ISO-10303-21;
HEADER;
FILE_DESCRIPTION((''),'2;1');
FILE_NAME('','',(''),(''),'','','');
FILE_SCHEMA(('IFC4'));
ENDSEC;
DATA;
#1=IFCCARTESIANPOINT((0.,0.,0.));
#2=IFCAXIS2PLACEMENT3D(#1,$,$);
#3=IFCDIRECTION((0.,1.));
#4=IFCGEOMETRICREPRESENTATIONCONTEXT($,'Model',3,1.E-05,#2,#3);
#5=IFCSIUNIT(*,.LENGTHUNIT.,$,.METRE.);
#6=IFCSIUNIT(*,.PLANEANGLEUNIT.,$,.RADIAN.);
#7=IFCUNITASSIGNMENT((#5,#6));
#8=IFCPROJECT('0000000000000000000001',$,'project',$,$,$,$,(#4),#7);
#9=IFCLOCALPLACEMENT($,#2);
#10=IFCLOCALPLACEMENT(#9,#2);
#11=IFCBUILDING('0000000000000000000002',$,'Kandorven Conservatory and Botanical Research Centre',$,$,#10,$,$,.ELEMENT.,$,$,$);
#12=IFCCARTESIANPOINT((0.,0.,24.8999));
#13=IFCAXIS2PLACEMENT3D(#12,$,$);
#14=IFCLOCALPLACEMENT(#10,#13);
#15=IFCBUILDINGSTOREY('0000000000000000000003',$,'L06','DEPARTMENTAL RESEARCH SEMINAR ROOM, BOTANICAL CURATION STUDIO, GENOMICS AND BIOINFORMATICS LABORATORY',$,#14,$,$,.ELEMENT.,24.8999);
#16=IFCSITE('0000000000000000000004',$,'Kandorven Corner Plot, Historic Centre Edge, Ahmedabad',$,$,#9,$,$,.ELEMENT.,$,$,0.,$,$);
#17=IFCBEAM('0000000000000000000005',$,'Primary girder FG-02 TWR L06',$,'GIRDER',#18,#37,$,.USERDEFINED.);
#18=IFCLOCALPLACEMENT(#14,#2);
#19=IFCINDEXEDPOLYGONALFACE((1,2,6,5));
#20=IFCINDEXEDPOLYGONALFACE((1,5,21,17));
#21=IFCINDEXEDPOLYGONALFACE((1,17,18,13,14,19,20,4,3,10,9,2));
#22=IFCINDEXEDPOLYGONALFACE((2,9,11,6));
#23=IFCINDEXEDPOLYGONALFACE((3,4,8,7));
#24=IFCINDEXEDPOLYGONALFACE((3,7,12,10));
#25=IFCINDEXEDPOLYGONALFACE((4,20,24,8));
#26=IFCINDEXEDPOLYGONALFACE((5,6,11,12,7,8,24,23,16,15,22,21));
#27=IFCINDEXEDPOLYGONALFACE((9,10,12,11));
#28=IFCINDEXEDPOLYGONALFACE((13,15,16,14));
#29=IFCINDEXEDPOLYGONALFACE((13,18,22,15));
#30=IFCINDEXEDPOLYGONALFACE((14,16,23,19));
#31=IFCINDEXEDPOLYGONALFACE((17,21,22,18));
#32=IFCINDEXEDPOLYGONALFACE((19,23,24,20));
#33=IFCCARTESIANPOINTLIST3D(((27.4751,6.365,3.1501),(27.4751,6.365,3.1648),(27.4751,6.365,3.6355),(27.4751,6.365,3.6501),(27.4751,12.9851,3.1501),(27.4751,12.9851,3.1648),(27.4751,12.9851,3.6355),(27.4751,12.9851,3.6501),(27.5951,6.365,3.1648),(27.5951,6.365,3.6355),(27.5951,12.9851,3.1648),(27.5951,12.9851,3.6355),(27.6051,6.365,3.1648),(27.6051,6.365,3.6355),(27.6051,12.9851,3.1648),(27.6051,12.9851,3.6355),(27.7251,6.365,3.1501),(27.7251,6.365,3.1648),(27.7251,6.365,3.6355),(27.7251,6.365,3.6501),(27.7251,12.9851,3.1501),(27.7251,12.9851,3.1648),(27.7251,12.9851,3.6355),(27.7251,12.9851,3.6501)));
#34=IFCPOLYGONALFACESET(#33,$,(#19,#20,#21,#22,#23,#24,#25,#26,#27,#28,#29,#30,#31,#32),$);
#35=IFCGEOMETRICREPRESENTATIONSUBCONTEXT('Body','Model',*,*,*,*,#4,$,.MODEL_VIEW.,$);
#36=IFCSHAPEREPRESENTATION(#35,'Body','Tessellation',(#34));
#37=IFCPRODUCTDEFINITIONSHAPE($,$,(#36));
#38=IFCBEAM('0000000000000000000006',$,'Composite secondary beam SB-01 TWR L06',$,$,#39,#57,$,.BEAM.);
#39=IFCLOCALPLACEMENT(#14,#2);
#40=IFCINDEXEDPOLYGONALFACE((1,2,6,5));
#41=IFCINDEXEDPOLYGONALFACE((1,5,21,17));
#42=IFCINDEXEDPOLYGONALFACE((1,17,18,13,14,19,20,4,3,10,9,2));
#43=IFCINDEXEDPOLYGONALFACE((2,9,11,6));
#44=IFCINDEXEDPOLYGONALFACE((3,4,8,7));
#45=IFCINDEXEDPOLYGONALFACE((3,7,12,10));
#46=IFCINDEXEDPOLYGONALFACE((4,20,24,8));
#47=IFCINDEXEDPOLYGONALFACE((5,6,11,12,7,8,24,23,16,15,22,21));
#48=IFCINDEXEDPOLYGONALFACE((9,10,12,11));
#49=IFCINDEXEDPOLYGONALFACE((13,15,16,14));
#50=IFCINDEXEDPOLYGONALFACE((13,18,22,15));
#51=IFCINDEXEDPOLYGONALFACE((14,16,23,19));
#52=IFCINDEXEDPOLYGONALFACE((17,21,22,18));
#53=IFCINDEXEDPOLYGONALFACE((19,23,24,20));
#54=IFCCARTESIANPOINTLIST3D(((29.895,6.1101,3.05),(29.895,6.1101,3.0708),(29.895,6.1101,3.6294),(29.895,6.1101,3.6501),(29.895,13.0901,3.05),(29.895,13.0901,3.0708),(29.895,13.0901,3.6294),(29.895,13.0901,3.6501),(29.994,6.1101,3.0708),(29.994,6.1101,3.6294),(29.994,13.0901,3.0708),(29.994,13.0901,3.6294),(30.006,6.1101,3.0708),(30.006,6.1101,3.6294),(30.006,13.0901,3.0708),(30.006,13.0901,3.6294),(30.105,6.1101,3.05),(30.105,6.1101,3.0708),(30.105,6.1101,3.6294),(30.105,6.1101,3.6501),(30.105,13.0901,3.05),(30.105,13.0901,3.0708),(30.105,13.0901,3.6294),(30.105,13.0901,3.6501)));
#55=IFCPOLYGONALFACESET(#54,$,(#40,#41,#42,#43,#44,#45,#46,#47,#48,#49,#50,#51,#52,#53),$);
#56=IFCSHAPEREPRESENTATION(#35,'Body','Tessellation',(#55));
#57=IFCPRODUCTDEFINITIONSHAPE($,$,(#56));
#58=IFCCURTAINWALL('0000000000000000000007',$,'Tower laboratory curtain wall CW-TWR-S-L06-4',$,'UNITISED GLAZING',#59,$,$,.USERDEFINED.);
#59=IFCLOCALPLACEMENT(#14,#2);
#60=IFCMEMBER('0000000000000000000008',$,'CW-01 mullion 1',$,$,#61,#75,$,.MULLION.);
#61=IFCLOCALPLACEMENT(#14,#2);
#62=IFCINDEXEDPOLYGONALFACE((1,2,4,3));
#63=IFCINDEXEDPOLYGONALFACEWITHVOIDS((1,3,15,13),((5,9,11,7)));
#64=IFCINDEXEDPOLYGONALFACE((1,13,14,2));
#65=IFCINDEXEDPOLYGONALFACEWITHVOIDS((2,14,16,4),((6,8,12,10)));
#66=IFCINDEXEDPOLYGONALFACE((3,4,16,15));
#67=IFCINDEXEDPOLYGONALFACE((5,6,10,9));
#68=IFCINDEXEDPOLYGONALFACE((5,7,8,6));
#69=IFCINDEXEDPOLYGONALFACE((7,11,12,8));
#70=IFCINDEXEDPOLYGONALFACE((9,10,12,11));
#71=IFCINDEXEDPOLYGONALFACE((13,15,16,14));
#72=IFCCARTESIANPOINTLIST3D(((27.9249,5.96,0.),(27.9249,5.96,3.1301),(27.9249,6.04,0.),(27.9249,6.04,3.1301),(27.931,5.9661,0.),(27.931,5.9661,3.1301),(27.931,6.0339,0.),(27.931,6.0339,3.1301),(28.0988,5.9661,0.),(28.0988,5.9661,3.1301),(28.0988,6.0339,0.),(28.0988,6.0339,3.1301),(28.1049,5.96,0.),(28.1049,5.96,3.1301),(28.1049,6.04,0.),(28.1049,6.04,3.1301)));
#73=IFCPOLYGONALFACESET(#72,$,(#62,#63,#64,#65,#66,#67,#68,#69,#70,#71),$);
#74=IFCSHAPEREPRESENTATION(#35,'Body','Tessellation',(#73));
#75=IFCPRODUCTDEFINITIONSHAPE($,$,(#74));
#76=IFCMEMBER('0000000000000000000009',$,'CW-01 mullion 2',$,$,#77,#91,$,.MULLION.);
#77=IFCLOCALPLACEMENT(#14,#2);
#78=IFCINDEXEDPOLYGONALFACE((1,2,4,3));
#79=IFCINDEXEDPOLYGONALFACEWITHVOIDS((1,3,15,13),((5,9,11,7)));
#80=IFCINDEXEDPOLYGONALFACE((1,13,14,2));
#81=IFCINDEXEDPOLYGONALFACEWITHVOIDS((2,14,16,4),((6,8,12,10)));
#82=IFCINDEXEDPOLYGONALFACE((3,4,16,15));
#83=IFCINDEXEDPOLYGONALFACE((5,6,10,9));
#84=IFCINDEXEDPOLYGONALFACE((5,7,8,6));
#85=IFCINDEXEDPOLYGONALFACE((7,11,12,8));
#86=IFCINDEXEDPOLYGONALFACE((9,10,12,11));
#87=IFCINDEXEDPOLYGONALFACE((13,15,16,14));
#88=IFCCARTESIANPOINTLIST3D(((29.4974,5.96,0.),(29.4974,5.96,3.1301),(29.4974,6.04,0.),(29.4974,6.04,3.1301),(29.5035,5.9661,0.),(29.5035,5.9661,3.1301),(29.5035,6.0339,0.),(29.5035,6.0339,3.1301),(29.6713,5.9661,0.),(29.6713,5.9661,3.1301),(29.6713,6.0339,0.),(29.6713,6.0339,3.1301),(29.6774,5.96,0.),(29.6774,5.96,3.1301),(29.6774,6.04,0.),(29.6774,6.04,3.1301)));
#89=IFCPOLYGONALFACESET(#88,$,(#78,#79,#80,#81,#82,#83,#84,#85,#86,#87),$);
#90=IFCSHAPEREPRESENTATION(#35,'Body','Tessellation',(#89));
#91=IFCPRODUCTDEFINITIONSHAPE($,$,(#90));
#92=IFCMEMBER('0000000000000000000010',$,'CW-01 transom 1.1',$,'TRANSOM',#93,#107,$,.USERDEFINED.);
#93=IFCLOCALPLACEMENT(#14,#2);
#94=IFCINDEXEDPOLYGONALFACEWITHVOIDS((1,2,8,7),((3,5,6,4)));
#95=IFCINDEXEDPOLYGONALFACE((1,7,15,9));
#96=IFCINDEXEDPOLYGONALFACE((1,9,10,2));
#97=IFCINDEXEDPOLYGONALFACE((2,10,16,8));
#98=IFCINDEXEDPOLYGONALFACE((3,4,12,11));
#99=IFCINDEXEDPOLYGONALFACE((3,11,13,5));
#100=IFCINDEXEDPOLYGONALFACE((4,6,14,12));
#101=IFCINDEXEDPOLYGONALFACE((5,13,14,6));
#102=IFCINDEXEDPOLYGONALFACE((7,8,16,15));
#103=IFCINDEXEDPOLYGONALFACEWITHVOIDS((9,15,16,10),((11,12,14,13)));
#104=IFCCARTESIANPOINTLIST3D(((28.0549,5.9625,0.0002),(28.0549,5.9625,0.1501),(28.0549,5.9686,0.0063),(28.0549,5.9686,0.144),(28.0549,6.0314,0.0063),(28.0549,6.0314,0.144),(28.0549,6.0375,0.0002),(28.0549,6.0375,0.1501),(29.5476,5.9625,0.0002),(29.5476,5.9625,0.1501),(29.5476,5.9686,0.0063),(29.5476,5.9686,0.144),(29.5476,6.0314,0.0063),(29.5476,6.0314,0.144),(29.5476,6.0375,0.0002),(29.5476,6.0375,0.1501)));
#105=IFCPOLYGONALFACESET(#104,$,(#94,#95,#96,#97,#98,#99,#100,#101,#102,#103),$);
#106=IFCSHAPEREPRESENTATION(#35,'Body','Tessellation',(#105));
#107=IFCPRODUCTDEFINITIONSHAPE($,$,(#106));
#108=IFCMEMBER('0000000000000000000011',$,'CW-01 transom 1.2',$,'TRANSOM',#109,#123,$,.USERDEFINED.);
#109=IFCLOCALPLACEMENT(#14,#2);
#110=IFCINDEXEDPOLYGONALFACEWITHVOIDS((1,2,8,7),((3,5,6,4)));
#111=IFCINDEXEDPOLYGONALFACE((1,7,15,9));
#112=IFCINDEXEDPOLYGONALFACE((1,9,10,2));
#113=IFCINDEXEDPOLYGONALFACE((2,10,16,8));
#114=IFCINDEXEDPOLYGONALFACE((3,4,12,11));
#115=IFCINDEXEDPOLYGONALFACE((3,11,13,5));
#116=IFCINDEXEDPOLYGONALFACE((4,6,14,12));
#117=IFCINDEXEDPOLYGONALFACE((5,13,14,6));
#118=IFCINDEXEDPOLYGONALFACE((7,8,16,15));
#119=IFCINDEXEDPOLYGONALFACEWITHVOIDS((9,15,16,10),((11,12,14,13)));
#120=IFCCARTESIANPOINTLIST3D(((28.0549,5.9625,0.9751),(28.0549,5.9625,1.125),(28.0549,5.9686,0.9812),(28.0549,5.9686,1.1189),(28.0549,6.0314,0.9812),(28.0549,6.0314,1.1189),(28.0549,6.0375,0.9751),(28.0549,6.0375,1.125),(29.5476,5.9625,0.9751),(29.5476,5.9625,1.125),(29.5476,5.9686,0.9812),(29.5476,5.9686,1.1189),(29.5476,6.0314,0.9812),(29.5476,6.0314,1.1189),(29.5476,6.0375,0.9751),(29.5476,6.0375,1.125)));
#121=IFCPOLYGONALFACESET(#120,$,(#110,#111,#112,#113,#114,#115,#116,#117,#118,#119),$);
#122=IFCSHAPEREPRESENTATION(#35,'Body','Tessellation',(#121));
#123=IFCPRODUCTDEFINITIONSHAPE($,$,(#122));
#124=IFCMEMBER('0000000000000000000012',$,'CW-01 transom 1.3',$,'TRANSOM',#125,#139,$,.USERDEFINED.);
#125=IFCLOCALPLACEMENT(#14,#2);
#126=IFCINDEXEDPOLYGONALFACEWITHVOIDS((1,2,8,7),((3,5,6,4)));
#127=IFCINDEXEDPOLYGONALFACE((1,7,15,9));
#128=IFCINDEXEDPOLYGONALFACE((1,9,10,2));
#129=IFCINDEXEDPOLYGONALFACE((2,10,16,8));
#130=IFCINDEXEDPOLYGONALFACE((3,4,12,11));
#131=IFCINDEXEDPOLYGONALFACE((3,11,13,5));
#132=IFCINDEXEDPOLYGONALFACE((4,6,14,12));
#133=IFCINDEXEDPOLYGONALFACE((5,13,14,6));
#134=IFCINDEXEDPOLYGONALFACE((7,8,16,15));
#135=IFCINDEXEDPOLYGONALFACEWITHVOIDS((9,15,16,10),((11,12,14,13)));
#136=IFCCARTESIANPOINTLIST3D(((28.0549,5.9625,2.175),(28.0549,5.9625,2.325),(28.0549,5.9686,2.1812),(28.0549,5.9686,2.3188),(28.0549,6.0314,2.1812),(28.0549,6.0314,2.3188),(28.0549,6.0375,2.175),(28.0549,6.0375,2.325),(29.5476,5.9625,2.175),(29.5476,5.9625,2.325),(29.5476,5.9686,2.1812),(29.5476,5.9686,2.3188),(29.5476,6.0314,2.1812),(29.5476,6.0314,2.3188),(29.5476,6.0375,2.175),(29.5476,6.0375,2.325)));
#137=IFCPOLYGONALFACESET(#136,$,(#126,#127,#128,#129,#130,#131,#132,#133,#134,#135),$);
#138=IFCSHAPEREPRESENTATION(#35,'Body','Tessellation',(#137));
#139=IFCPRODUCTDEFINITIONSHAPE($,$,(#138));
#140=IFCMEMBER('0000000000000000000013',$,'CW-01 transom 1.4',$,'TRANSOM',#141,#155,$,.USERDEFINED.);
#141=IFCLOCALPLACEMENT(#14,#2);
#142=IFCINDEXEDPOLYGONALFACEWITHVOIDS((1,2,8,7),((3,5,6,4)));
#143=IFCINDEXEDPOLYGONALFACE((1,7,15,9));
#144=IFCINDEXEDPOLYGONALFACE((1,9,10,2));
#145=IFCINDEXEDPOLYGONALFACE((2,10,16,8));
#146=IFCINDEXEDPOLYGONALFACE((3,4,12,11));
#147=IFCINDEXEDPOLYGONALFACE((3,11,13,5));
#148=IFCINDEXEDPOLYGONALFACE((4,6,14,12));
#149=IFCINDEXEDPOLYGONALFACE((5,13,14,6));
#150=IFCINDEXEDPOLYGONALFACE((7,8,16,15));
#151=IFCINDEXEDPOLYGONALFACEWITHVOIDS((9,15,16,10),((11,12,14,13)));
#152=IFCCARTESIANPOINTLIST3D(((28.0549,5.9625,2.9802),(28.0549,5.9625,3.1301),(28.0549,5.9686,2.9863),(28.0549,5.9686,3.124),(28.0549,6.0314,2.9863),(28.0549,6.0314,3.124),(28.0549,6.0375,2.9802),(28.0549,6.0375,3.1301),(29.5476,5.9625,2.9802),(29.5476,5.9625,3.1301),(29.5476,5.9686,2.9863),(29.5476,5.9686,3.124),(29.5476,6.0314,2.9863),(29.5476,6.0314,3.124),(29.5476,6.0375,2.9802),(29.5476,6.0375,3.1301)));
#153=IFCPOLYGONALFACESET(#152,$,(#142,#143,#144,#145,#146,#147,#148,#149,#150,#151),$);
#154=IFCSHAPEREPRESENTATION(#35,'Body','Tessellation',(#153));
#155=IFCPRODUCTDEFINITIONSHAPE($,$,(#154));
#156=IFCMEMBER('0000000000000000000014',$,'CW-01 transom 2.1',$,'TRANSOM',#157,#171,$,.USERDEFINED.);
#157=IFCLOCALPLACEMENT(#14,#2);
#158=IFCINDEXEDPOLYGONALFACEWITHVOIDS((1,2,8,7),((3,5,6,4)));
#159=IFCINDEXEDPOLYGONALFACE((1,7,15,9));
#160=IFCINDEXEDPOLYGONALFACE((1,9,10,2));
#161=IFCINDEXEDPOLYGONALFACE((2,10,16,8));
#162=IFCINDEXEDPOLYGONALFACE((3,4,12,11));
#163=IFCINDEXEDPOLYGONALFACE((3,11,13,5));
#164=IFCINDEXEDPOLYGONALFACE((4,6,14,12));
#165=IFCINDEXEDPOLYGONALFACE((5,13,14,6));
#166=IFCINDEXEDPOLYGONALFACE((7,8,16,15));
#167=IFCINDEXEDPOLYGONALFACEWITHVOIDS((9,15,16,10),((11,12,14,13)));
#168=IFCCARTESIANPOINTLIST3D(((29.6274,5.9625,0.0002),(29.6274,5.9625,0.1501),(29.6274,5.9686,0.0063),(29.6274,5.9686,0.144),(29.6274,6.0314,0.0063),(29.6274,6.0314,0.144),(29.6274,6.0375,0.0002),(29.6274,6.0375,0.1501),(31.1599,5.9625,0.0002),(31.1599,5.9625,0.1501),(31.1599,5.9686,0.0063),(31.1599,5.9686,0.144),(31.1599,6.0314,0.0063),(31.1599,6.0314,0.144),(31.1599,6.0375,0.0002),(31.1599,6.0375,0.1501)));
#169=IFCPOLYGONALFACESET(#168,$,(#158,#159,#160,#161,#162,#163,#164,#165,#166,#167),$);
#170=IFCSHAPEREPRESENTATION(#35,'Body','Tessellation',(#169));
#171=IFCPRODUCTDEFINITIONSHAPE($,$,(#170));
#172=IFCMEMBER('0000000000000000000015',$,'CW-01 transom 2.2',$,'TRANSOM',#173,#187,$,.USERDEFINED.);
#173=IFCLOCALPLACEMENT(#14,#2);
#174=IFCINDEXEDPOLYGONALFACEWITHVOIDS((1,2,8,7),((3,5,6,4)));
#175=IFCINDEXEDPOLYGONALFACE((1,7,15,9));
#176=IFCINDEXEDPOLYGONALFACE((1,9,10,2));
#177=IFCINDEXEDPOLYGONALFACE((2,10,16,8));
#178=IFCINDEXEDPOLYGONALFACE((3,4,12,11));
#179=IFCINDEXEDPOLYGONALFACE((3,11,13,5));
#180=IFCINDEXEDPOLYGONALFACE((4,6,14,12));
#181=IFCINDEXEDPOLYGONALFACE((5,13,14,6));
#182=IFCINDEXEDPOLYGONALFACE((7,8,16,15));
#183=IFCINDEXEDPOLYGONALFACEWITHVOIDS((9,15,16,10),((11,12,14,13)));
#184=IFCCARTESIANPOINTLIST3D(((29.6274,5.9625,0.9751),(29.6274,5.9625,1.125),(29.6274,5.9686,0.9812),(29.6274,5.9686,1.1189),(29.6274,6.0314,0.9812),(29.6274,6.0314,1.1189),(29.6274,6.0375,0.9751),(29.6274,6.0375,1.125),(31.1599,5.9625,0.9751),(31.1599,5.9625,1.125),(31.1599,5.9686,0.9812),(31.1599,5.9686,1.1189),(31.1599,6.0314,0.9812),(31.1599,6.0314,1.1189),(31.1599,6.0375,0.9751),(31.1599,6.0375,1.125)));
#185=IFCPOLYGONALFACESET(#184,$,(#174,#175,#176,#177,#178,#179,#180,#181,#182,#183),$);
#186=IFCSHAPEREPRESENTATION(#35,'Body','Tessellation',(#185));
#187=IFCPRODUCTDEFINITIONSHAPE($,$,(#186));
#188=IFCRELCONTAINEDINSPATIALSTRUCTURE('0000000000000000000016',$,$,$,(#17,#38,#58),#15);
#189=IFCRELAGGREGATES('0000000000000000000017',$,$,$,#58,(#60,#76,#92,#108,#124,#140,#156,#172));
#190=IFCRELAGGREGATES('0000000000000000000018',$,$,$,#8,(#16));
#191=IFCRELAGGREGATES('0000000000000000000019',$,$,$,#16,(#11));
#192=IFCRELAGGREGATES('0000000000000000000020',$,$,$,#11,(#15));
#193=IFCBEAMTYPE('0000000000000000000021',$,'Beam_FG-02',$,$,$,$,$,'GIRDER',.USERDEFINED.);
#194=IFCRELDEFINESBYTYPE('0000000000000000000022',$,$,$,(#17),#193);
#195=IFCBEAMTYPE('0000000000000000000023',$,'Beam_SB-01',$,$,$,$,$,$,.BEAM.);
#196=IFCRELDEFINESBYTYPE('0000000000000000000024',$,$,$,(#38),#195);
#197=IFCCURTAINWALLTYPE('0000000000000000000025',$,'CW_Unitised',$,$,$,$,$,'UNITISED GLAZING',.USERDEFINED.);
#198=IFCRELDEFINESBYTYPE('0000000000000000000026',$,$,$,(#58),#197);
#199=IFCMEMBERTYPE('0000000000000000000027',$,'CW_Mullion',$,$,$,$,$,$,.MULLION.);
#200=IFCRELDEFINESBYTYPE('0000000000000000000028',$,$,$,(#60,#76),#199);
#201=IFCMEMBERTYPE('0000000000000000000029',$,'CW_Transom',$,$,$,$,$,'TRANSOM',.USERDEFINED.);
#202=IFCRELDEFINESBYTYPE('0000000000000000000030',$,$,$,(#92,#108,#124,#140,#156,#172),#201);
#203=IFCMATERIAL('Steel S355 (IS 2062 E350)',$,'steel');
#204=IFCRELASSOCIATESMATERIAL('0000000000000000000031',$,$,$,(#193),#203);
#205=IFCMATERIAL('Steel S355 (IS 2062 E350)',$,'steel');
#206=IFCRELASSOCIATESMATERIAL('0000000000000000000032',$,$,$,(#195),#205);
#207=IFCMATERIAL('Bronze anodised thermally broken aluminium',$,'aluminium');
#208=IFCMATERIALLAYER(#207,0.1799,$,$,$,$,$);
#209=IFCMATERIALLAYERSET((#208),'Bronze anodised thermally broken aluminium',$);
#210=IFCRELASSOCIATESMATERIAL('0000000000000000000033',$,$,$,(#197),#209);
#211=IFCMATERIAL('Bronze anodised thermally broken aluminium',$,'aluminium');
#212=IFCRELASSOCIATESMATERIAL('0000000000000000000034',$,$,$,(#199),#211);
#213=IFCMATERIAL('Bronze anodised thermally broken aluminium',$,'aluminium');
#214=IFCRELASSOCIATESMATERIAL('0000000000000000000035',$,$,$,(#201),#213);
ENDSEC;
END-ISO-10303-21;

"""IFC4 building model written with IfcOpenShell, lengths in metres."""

from ifc_helpers import new_model, si_unit, direction, frame, origin, origin_2d, place, context, subcontext, project, spatial, hollow_rectangle, i_section, extrude, material, layer, layer_set, material_profile, profile_set, type_object, element, aggregate, save


model = new_model("IFC4")

# Units and contexts
model_context = context("Model", 3, precision=1e-05, world=origin(), true_north=direction((0.0, 1.0)))
body_context = subcontext(model_context, "Body", "Model", "MODEL_VIEW")
ifc_project = project(units=[si_unit("LENGTHUNIT", "METRE"), si_unit("PLANEANGLEUNIT", "RADIAN")], contexts=[model_context])

# Site, building, storey
site_placement = place(None, origin())
site = spatial("IfcSite", under=ifc_project, at=site_placement, Name="Kandorven Corner Plot, Historic Centre Edge, Ahmedabad", CompositionType="ELEMENT", RefElevation=0.0)
building_placement = place(site_placement, origin())
building = spatial("IfcBuilding", under=site, at=building_placement, Name="Kandorven Conservatory and Botanical Research Centre", CompositionType="ELEMENT")
storey_placement = place(building_placement, frame((0.0, 0.0, 24.8999)))
storey = spatial("IfcBuildingStorey", under=building, at=storey_placement, Name="L06", Description="DEPARTMENTAL RESEARCH SEMINAR ROOM, BOTANICAL CURATION STUDIO, GENOMICS AND BIOINFORMATICS LABORATORY", CompositionType="ELEMENT", Elevation=24.8999)

# Beams
ifc_material_1 = material(Name="Steel S355 (IS 2062 E350)", Category="steel")
ifc_material_profile_1 = material_profile(ifc_material_1, i_section(OverallWidth=0.25, OverallDepth=0.5, WebThickness=0.01, FlangeThickness=0.0146, at=origin_2d()))
ifc_profile_set_1 = profile_set([ifc_material_profile_1], Name="Steel S355 (IS 2062 E350)")
beam_type_1 = type_object("IfcBeamType", Name="Beam_FG-02", ElementType="GIRDER", PredefinedType="USERDEFINED", material=ifc_profile_set_1)
beam_1_placement = place(storey_placement, frame((27.6001, 6.365, 3.4001), z_axis=(0.0, 1.0, 0.0), x_axis=(-1.0, 0.0, 0.0)))
element("IfcBeam", 1, at=beam_1_placement, inside=storey, type_object=beam_type_1, Name="Primary girder FG-02 TWR L06", ObjectType="GIRDER", PredefinedType="USERDEFINED", context=body_context, shape_type="SweptSolid", body=[
    extrude(i_section(OverallWidth=0.25, OverallDepth=0.5, WebThickness=0.01, FlangeThickness=0.0146, at=origin_2d()), origin(), (0.0, 0.0, 1.0), 6.6201),
])
ifc_material_2 = material(Name="Steel S355 (IS 2062 E350)", Category="steel")
ifc_material_profile_2 = material_profile(ifc_material_2, i_section(OverallWidth=0.21, OverallDepth=0.6001, WebThickness=0.012, FlangeThickness=0.0208, at=origin_2d()))
ifc_profile_set_2 = profile_set([ifc_material_profile_2], Name="Steel S355 (IS 2062 E350)")
beam_type_2 = type_object("IfcBeamType", Name="Beam_SB-01", PredefinedType="BEAM", material=ifc_profile_set_2)
beam_2_placement = place(storey_placement, frame((30.0, 6.1101, 3.3501), z_axis=(0.0, 1.0, 0.0), x_axis=(-1.0, 0.0, 0.0)))
element("IfcBeam", 2, at=beam_2_placement, inside=storey, type_object=beam_type_2, Name="Composite secondary beam SB-01 TWR L06", PredefinedType="BEAM", context=body_context, shape_type="SweptSolid", body=[
    extrude(i_section(OverallWidth=0.21, OverallDepth=0.6001, WebThickness=0.012, FlangeThickness=0.0208, at=origin_2d()), origin(), (0.0, 0.0, 1.0), 6.98),
])

# Curtain wall, members
ifc_material_3 = material(Name="Bronze anodised thermally broken aluminium", Category="aluminium")
ifc_layer_1 = layer(ifc_material_3, 0.1799)
ifc_layer_set_1 = layer_set([ifc_layer_1], Name="Bronze anodised thermally broken aluminium")
curtain_wall_type = type_object("IfcCurtainWallType", Name="CW_Unitised", ElementType="UNITISED GLAZING", PredefinedType="USERDEFINED", material=ifc_layer_set_1)
curtain_wall_placement = place(storey_placement, origin())
curtain_wall = element("IfcCurtainWall", 3, at=curtain_wall_placement, inside=storey, type_object=curtain_wall_type, Name="Tower laboratory curtain wall CW-TWR-S-L06-4", ObjectType="UNITISED GLAZING", PredefinedType="USERDEFINED")
ifc_material_4 = material(Name="Bronze anodised thermally broken aluminium", Category="aluminium")
ifc_material_profile_3 = material_profile(ifc_material_4, hollow_rectangle(XDim=0.0801, YDim=0.1799, WallThickness=0.0061, at=origin_2d()))
ifc_profile_set_3 = profile_set([ifc_material_profile_3], Name="Bronze anodised thermally broken aluminium")
member_type_1 = type_object("IfcMemberType", Name="CW_Mullion", PredefinedType="MULLION", material=ifc_profile_set_3)
member_1_placement = place(storey_placement, frame((28.0149, 6.0, 0.0), z_axis=(0.0, 0.0, 1.0), x_axis=(0.0, 1.0, 0.0)))
member_1 = element("IfcMember", 4, at=member_1_placement, type_object=member_type_1, Name="CW-01 mullion 1", PredefinedType="MULLION", context=body_context, shape_type="SweptSolid", body=[
    extrude(hollow_rectangle(XDim=0.0801, YDim=0.1799, WallThickness=0.0061, at=origin_2d()), origin(), (0.0, 0.0, 1.0), 3.1301),
])
member_2_placement = place(storey_placement, frame((29.5874, 6.0, 0.0), z_axis=(0.0, 0.0, 1.0), x_axis=(0.0, 1.0, 0.0)))
member_2 = element("IfcMember", 5, at=member_2_placement, type_object=member_type_1, Name="CW-01 mullion 2", PredefinedType="MULLION", context=body_context, shape_type="SweptSolid", body=[
    extrude(hollow_rectangle(XDim=0.0801, YDim=0.1799, WallThickness=0.0061, at=origin_2d()), origin(), (0.0, 0.0, 1.0), 3.1301),
])
ifc_material_5 = material(Name="Bronze anodised thermally broken aluminium", Category="aluminium")
ifc_material_profile_4 = material_profile(ifc_material_5, hollow_rectangle(XDim=0.075, YDim=0.1499, WallThickness=0.0061, at=origin_2d()))
ifc_profile_set_4 = profile_set([ifc_material_profile_4], Name="Bronze anodised thermally broken aluminium")
member_type_2 = type_object("IfcMemberType", Name="CW_Transom", ElementType="TRANSOM", PredefinedType="USERDEFINED", material=ifc_profile_set_4)
member_3_placement = place(storey_placement, frame((28.0549, 6.0, 0.0752), z_axis=(1.0, 0.0, 0.0), x_axis=(0.0, 1.0, 0.0)))
member_3 = element("IfcMember", 6, at=member_3_placement, type_object=member_type_2, Name="CW-01 transom 1.1", ObjectType="TRANSOM", PredefinedType="USERDEFINED", context=body_context, shape_type="SweptSolid", body=[
    extrude(hollow_rectangle(XDim=0.075, YDim=0.1499, WallThickness=0.0061, at=origin_2d()), origin(), (0.0, 0.0, 1.0), 1.4927),
])
member_4_placement = place(storey_placement, frame((28.0549, 6.0, 1.05), z_axis=(1.0, 0.0, 0.0), x_axis=(0.0, 1.0, 0.0)))
member_4 = element("IfcMember", 7, at=member_4_placement, type_object=member_type_2, Name="CW-01 transom 1.2", ObjectType="TRANSOM", PredefinedType="USERDEFINED", context=body_context, shape_type="SweptSolid", body=[
    extrude(hollow_rectangle(XDim=0.075, YDim=0.1499, WallThickness=0.0061, at=origin_2d()), origin(), (0.0, 0.0, 1.0), 1.4927),
])
member_5_placement = place(storey_placement, frame((28.0549, 6.0, 2.25), z_axis=(1.0, 0.0, 0.0), x_axis=(0.0, 1.0, 0.0)))
member_5 = element("IfcMember", 8, at=member_5_placement, type_object=member_type_2, Name="CW-01 transom 1.3", ObjectType="TRANSOM", PredefinedType="USERDEFINED", context=body_context, shape_type="SweptSolid", body=[
    extrude(hollow_rectangle(XDim=0.075, YDim=0.1499, WallThickness=0.0061, at=origin_2d()), origin(), (0.0, 0.0, 1.0), 1.4927),
])
member_6_placement = place(storey_placement, frame((28.0549, 6.0, 3.0552), z_axis=(1.0, 0.0, 0.0), x_axis=(0.0, 1.0, 0.0)))
member_6 = element("IfcMember", 9, at=member_6_placement, type_object=member_type_2, Name="CW-01 transom 1.4", ObjectType="TRANSOM", PredefinedType="USERDEFINED", context=body_context, shape_type="SweptSolid", body=[
    extrude(hollow_rectangle(XDim=0.075, YDim=0.1499, WallThickness=0.0061, at=origin_2d()), origin(), (0.0, 0.0, 1.0), 1.4927),
])
member_7_placement = place(storey_placement, frame((29.6274, 6.0, 0.0752), z_axis=(1.0, 0.0, 0.0), x_axis=(0.0, 1.0, 0.0)))
member_7 = element("IfcMember", 10, at=member_7_placement, type_object=member_type_2, Name="CW-01 transom 2.1", ObjectType="TRANSOM", PredefinedType="USERDEFINED", context=body_context, shape_type="SweptSolid", body=[
    extrude(hollow_rectangle(XDim=0.075, YDim=0.1499, WallThickness=0.0061, at=origin_2d()), origin(), (0.0, 0.0, 1.0), 1.5325),
])
member_8_placement = place(storey_placement, frame((29.6274, 6.0, 1.05), z_axis=(1.0, 0.0, 0.0), x_axis=(0.0, 1.0, 0.0)))
member_8 = element("IfcMember", 11, at=member_8_placement, type_object=member_type_2, Name="CW-01 transom 2.2", ObjectType="TRANSOM", PredefinedType="USERDEFINED", context=body_context, shape_type="SweptSolid", body=[
    extrude(hollow_rectangle(XDim=0.075, YDim=0.1499, WallThickness=0.0061, at=origin_2d()), origin(), (0.0, 0.0, 1.0), 1.5325),
])
aggregate(curtain_wall, [member_1, member_2, member_3, member_4, member_5, member_6, member_7, member_8])

save(model, "model.ifc")
